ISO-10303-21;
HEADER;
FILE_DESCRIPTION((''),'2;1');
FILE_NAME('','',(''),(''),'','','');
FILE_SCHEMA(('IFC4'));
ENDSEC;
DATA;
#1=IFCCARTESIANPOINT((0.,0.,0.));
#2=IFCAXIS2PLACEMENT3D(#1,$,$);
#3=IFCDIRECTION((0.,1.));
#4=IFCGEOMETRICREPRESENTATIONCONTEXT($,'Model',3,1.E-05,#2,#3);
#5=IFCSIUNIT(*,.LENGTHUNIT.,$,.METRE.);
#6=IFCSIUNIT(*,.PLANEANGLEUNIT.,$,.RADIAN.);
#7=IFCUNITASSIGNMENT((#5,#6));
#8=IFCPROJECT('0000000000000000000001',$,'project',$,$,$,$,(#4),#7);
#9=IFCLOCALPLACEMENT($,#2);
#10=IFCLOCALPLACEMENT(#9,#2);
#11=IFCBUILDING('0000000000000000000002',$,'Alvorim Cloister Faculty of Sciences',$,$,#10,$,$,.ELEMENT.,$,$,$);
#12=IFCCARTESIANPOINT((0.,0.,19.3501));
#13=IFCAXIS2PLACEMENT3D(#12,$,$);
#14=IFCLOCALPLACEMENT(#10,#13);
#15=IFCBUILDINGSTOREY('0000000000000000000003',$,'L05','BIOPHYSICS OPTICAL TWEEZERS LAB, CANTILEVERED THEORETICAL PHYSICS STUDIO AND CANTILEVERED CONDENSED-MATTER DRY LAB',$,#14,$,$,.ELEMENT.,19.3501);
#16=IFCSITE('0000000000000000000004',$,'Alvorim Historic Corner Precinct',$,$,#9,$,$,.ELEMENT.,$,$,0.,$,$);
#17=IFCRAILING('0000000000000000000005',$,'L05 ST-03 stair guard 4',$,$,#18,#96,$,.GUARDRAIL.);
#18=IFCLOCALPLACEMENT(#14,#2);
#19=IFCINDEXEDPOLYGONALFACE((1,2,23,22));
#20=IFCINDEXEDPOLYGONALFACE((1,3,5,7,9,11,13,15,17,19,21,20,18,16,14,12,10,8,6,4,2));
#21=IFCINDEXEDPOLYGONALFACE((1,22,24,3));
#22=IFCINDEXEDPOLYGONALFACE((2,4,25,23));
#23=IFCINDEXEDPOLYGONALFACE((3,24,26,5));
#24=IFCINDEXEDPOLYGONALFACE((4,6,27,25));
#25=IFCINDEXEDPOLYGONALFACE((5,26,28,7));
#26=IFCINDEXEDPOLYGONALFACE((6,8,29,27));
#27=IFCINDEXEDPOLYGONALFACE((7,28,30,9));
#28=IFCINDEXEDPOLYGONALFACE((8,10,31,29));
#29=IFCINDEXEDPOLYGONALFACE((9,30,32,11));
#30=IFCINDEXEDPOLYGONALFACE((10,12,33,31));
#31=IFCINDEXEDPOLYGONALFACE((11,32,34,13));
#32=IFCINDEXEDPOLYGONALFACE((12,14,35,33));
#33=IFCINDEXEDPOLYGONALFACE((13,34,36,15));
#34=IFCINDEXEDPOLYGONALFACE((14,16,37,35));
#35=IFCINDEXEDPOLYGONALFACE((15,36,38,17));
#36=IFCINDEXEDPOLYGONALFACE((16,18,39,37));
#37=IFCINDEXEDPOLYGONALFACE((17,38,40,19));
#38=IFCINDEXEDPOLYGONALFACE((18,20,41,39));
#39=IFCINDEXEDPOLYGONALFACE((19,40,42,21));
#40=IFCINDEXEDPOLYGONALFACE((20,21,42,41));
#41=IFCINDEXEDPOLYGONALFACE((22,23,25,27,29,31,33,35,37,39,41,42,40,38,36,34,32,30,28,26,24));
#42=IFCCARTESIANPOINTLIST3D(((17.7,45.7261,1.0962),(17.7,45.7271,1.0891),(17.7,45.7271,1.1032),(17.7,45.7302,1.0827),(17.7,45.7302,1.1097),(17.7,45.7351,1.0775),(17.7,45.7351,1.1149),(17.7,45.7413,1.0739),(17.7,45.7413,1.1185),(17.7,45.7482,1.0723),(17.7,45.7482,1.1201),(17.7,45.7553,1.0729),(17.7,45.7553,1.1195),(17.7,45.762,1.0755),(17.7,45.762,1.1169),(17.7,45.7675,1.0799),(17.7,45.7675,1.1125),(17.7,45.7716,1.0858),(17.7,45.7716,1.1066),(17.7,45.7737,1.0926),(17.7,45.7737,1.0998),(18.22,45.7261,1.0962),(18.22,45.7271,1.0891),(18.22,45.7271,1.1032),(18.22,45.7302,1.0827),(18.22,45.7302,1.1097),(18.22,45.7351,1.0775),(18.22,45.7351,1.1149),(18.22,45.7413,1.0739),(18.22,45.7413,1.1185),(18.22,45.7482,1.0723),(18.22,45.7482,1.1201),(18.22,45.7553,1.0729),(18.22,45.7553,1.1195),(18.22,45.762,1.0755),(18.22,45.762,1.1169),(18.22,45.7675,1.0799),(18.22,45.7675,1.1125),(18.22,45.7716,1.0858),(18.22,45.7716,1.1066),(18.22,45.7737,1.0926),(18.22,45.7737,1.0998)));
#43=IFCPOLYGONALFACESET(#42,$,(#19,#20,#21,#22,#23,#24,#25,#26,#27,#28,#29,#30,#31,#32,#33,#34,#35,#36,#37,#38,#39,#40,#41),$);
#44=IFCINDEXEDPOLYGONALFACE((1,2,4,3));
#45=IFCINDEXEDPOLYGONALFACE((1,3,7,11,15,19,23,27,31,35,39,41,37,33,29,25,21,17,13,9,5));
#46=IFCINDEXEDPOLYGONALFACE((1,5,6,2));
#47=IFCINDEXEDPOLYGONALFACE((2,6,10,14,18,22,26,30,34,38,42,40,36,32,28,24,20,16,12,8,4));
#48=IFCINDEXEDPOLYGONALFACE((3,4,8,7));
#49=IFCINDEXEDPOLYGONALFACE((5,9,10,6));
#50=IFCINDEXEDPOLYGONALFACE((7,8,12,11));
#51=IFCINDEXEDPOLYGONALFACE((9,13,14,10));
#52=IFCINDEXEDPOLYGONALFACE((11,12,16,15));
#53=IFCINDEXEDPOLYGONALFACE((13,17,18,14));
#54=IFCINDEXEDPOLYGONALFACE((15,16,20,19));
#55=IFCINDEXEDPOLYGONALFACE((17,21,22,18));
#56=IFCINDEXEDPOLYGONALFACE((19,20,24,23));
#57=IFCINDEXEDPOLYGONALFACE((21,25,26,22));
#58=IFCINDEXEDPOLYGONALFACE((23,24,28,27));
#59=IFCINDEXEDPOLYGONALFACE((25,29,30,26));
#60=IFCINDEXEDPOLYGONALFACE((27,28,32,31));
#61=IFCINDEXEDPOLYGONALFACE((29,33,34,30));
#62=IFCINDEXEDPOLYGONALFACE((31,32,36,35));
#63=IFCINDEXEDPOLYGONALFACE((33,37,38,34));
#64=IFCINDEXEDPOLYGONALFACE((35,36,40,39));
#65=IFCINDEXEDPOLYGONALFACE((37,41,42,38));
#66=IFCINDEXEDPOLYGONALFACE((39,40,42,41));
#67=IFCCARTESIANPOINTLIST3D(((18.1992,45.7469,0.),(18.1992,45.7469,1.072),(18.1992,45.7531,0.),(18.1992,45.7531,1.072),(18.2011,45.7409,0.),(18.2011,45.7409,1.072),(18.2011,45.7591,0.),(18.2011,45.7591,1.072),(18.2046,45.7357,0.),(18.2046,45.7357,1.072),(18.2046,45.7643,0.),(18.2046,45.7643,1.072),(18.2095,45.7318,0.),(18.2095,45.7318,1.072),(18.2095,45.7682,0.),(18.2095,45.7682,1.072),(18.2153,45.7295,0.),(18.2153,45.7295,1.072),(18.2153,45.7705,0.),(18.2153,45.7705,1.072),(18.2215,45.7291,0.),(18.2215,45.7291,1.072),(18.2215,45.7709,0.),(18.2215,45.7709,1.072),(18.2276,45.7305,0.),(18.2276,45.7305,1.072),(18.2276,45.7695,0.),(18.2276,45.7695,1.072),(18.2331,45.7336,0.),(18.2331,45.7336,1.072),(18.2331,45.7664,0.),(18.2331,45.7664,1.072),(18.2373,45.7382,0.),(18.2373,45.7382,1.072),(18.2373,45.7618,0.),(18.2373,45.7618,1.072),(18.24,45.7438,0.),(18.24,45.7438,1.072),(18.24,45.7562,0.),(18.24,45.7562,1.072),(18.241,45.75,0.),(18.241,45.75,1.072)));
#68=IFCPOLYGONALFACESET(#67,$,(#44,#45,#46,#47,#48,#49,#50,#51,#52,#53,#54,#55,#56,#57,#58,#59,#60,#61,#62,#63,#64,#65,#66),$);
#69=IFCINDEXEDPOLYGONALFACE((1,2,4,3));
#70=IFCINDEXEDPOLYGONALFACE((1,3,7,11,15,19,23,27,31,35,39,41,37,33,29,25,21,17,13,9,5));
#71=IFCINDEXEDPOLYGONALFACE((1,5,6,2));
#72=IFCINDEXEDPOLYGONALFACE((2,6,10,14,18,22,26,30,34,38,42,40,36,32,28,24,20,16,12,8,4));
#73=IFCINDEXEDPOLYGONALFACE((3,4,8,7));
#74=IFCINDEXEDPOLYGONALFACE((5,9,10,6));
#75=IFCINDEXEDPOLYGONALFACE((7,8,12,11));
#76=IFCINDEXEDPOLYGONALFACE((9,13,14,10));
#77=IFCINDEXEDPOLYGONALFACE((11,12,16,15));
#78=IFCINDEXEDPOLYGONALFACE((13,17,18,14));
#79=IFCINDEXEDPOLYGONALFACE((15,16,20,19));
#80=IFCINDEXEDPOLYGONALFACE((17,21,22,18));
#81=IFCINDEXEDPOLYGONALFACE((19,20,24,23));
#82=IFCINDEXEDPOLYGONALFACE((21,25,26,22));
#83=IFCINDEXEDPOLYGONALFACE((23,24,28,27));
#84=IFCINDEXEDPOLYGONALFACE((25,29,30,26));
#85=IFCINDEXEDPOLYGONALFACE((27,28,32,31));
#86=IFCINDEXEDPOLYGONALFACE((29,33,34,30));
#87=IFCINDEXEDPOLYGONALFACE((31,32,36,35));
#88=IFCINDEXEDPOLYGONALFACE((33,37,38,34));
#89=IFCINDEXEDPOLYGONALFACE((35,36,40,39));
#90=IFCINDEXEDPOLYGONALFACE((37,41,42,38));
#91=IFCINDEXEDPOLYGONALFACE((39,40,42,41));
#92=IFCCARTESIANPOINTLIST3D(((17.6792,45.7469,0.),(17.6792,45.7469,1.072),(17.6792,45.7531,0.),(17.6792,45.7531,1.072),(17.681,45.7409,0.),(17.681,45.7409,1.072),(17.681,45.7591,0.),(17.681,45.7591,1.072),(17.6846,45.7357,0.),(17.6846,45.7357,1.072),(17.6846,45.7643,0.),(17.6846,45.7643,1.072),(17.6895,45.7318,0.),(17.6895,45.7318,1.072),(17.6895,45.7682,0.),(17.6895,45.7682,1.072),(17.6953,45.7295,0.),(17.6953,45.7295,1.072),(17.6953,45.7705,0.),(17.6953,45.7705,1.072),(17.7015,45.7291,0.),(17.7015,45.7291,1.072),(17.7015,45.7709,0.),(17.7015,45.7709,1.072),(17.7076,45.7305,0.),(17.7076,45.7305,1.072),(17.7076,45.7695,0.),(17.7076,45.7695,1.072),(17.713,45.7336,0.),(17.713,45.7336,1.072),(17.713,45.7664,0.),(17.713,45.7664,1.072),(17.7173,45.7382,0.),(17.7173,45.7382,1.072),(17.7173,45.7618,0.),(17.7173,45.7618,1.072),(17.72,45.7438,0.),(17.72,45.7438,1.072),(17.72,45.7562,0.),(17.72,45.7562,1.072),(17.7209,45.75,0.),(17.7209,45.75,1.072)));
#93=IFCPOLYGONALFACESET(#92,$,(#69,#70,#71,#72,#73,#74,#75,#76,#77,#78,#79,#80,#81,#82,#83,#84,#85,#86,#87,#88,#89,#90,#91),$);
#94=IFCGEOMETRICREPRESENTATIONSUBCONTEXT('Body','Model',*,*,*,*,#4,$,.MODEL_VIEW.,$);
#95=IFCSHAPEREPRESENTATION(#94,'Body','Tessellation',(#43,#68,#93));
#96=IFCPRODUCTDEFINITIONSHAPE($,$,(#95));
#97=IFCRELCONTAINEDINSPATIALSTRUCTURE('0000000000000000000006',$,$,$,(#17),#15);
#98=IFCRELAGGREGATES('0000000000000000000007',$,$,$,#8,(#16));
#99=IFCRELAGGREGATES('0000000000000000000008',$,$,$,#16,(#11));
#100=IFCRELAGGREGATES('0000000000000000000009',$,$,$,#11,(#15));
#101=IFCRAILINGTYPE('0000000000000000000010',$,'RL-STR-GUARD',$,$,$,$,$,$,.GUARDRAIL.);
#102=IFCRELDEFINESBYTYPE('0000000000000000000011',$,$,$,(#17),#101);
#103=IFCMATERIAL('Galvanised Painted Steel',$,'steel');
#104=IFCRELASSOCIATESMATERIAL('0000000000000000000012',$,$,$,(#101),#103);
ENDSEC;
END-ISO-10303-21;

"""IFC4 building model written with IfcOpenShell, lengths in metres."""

from ifc_helpers import new_model, si_unit, direction, frame, origin, origin_2d, place, context, subcontext, project, spatial, circle, extrude, material, type_object, element, save


model = new_model("IFC4")

# Units and contexts
model_context = context("Model", 3, precision=1e-05, world=origin(), true_north=direction((0.0, 1.0)))
body_context = subcontext(model_context, "Body", "Model", "MODEL_VIEW")
ifc_project = project(units=[si_unit("LENGTHUNIT", "METRE"), si_unit("PLANEANGLEUNIT", "RADIAN")], contexts=[model_context])

# Site, building, storey
site_placement = place(None, origin())
site = spatial("IfcSite", under=ifc_project, at=site_placement, Name="Alvorim Historic Corner Precinct", CompositionType="ELEMENT", RefElevation=0.0)
building_placement = place(site_placement, origin())
building = spatial("IfcBuilding", under=site, at=building_placement, Name="Alvorim Cloister Faculty of Sciences", CompositionType="ELEMENT")
storey_placement = place(building_placement, frame((0.0, 0.0, 19.3501)))
storey = spatial("IfcBuildingStorey", under=building, at=storey_placement, Name="L05", Description="BIOPHYSICS OPTICAL TWEEZERS LAB, CANTILEVERED THEORETICAL PHYSICS STUDIO AND CANTILEVERED CONDENSED-MATTER DRY LAB", CompositionType="ELEMENT", Elevation=19.3501)

# Railing
ifc_material_1 = material(Name="Galvanised Painted Steel", Category="steel")
railing_type_1 = type_object("IfcRailingType", Name="RL-STR-GUARD", PredefinedType="GUARDRAIL", material=ifc_material_1)
railing_1_placement = place(storey_placement, frame((18.22, 45.75, 0.0)))
element("IfcRailing", 1, at=railing_1_placement, inside=storey, type_object=railing_type_1, Name="L05 ST-03 stair guard 4", PredefinedType="GUARDRAIL", context=body_context, shape_type="SweptSolid", body=[
    extrude(circle(Radius=0.0239, at=origin_2d()), frame((0.0, 0.0, 1.0962), z_axis=(-1.0, 0.0, 0.0), x_axis=(0.0, -1.0, 0.0)), (0.0, 0.0, 1.0), 0.52),
    extrude(circle(Radius=0.021, at=origin_2d()), origin(), (0.0, 0.0, 1.0), 1.072),
    extrude(circle(Radius=0.021, at=origin_2d()), frame((-0.52, 0.0, 0.0)), (0.0, 0.0, 1.0), 1.072),
])

save(model, "model.ifc")
